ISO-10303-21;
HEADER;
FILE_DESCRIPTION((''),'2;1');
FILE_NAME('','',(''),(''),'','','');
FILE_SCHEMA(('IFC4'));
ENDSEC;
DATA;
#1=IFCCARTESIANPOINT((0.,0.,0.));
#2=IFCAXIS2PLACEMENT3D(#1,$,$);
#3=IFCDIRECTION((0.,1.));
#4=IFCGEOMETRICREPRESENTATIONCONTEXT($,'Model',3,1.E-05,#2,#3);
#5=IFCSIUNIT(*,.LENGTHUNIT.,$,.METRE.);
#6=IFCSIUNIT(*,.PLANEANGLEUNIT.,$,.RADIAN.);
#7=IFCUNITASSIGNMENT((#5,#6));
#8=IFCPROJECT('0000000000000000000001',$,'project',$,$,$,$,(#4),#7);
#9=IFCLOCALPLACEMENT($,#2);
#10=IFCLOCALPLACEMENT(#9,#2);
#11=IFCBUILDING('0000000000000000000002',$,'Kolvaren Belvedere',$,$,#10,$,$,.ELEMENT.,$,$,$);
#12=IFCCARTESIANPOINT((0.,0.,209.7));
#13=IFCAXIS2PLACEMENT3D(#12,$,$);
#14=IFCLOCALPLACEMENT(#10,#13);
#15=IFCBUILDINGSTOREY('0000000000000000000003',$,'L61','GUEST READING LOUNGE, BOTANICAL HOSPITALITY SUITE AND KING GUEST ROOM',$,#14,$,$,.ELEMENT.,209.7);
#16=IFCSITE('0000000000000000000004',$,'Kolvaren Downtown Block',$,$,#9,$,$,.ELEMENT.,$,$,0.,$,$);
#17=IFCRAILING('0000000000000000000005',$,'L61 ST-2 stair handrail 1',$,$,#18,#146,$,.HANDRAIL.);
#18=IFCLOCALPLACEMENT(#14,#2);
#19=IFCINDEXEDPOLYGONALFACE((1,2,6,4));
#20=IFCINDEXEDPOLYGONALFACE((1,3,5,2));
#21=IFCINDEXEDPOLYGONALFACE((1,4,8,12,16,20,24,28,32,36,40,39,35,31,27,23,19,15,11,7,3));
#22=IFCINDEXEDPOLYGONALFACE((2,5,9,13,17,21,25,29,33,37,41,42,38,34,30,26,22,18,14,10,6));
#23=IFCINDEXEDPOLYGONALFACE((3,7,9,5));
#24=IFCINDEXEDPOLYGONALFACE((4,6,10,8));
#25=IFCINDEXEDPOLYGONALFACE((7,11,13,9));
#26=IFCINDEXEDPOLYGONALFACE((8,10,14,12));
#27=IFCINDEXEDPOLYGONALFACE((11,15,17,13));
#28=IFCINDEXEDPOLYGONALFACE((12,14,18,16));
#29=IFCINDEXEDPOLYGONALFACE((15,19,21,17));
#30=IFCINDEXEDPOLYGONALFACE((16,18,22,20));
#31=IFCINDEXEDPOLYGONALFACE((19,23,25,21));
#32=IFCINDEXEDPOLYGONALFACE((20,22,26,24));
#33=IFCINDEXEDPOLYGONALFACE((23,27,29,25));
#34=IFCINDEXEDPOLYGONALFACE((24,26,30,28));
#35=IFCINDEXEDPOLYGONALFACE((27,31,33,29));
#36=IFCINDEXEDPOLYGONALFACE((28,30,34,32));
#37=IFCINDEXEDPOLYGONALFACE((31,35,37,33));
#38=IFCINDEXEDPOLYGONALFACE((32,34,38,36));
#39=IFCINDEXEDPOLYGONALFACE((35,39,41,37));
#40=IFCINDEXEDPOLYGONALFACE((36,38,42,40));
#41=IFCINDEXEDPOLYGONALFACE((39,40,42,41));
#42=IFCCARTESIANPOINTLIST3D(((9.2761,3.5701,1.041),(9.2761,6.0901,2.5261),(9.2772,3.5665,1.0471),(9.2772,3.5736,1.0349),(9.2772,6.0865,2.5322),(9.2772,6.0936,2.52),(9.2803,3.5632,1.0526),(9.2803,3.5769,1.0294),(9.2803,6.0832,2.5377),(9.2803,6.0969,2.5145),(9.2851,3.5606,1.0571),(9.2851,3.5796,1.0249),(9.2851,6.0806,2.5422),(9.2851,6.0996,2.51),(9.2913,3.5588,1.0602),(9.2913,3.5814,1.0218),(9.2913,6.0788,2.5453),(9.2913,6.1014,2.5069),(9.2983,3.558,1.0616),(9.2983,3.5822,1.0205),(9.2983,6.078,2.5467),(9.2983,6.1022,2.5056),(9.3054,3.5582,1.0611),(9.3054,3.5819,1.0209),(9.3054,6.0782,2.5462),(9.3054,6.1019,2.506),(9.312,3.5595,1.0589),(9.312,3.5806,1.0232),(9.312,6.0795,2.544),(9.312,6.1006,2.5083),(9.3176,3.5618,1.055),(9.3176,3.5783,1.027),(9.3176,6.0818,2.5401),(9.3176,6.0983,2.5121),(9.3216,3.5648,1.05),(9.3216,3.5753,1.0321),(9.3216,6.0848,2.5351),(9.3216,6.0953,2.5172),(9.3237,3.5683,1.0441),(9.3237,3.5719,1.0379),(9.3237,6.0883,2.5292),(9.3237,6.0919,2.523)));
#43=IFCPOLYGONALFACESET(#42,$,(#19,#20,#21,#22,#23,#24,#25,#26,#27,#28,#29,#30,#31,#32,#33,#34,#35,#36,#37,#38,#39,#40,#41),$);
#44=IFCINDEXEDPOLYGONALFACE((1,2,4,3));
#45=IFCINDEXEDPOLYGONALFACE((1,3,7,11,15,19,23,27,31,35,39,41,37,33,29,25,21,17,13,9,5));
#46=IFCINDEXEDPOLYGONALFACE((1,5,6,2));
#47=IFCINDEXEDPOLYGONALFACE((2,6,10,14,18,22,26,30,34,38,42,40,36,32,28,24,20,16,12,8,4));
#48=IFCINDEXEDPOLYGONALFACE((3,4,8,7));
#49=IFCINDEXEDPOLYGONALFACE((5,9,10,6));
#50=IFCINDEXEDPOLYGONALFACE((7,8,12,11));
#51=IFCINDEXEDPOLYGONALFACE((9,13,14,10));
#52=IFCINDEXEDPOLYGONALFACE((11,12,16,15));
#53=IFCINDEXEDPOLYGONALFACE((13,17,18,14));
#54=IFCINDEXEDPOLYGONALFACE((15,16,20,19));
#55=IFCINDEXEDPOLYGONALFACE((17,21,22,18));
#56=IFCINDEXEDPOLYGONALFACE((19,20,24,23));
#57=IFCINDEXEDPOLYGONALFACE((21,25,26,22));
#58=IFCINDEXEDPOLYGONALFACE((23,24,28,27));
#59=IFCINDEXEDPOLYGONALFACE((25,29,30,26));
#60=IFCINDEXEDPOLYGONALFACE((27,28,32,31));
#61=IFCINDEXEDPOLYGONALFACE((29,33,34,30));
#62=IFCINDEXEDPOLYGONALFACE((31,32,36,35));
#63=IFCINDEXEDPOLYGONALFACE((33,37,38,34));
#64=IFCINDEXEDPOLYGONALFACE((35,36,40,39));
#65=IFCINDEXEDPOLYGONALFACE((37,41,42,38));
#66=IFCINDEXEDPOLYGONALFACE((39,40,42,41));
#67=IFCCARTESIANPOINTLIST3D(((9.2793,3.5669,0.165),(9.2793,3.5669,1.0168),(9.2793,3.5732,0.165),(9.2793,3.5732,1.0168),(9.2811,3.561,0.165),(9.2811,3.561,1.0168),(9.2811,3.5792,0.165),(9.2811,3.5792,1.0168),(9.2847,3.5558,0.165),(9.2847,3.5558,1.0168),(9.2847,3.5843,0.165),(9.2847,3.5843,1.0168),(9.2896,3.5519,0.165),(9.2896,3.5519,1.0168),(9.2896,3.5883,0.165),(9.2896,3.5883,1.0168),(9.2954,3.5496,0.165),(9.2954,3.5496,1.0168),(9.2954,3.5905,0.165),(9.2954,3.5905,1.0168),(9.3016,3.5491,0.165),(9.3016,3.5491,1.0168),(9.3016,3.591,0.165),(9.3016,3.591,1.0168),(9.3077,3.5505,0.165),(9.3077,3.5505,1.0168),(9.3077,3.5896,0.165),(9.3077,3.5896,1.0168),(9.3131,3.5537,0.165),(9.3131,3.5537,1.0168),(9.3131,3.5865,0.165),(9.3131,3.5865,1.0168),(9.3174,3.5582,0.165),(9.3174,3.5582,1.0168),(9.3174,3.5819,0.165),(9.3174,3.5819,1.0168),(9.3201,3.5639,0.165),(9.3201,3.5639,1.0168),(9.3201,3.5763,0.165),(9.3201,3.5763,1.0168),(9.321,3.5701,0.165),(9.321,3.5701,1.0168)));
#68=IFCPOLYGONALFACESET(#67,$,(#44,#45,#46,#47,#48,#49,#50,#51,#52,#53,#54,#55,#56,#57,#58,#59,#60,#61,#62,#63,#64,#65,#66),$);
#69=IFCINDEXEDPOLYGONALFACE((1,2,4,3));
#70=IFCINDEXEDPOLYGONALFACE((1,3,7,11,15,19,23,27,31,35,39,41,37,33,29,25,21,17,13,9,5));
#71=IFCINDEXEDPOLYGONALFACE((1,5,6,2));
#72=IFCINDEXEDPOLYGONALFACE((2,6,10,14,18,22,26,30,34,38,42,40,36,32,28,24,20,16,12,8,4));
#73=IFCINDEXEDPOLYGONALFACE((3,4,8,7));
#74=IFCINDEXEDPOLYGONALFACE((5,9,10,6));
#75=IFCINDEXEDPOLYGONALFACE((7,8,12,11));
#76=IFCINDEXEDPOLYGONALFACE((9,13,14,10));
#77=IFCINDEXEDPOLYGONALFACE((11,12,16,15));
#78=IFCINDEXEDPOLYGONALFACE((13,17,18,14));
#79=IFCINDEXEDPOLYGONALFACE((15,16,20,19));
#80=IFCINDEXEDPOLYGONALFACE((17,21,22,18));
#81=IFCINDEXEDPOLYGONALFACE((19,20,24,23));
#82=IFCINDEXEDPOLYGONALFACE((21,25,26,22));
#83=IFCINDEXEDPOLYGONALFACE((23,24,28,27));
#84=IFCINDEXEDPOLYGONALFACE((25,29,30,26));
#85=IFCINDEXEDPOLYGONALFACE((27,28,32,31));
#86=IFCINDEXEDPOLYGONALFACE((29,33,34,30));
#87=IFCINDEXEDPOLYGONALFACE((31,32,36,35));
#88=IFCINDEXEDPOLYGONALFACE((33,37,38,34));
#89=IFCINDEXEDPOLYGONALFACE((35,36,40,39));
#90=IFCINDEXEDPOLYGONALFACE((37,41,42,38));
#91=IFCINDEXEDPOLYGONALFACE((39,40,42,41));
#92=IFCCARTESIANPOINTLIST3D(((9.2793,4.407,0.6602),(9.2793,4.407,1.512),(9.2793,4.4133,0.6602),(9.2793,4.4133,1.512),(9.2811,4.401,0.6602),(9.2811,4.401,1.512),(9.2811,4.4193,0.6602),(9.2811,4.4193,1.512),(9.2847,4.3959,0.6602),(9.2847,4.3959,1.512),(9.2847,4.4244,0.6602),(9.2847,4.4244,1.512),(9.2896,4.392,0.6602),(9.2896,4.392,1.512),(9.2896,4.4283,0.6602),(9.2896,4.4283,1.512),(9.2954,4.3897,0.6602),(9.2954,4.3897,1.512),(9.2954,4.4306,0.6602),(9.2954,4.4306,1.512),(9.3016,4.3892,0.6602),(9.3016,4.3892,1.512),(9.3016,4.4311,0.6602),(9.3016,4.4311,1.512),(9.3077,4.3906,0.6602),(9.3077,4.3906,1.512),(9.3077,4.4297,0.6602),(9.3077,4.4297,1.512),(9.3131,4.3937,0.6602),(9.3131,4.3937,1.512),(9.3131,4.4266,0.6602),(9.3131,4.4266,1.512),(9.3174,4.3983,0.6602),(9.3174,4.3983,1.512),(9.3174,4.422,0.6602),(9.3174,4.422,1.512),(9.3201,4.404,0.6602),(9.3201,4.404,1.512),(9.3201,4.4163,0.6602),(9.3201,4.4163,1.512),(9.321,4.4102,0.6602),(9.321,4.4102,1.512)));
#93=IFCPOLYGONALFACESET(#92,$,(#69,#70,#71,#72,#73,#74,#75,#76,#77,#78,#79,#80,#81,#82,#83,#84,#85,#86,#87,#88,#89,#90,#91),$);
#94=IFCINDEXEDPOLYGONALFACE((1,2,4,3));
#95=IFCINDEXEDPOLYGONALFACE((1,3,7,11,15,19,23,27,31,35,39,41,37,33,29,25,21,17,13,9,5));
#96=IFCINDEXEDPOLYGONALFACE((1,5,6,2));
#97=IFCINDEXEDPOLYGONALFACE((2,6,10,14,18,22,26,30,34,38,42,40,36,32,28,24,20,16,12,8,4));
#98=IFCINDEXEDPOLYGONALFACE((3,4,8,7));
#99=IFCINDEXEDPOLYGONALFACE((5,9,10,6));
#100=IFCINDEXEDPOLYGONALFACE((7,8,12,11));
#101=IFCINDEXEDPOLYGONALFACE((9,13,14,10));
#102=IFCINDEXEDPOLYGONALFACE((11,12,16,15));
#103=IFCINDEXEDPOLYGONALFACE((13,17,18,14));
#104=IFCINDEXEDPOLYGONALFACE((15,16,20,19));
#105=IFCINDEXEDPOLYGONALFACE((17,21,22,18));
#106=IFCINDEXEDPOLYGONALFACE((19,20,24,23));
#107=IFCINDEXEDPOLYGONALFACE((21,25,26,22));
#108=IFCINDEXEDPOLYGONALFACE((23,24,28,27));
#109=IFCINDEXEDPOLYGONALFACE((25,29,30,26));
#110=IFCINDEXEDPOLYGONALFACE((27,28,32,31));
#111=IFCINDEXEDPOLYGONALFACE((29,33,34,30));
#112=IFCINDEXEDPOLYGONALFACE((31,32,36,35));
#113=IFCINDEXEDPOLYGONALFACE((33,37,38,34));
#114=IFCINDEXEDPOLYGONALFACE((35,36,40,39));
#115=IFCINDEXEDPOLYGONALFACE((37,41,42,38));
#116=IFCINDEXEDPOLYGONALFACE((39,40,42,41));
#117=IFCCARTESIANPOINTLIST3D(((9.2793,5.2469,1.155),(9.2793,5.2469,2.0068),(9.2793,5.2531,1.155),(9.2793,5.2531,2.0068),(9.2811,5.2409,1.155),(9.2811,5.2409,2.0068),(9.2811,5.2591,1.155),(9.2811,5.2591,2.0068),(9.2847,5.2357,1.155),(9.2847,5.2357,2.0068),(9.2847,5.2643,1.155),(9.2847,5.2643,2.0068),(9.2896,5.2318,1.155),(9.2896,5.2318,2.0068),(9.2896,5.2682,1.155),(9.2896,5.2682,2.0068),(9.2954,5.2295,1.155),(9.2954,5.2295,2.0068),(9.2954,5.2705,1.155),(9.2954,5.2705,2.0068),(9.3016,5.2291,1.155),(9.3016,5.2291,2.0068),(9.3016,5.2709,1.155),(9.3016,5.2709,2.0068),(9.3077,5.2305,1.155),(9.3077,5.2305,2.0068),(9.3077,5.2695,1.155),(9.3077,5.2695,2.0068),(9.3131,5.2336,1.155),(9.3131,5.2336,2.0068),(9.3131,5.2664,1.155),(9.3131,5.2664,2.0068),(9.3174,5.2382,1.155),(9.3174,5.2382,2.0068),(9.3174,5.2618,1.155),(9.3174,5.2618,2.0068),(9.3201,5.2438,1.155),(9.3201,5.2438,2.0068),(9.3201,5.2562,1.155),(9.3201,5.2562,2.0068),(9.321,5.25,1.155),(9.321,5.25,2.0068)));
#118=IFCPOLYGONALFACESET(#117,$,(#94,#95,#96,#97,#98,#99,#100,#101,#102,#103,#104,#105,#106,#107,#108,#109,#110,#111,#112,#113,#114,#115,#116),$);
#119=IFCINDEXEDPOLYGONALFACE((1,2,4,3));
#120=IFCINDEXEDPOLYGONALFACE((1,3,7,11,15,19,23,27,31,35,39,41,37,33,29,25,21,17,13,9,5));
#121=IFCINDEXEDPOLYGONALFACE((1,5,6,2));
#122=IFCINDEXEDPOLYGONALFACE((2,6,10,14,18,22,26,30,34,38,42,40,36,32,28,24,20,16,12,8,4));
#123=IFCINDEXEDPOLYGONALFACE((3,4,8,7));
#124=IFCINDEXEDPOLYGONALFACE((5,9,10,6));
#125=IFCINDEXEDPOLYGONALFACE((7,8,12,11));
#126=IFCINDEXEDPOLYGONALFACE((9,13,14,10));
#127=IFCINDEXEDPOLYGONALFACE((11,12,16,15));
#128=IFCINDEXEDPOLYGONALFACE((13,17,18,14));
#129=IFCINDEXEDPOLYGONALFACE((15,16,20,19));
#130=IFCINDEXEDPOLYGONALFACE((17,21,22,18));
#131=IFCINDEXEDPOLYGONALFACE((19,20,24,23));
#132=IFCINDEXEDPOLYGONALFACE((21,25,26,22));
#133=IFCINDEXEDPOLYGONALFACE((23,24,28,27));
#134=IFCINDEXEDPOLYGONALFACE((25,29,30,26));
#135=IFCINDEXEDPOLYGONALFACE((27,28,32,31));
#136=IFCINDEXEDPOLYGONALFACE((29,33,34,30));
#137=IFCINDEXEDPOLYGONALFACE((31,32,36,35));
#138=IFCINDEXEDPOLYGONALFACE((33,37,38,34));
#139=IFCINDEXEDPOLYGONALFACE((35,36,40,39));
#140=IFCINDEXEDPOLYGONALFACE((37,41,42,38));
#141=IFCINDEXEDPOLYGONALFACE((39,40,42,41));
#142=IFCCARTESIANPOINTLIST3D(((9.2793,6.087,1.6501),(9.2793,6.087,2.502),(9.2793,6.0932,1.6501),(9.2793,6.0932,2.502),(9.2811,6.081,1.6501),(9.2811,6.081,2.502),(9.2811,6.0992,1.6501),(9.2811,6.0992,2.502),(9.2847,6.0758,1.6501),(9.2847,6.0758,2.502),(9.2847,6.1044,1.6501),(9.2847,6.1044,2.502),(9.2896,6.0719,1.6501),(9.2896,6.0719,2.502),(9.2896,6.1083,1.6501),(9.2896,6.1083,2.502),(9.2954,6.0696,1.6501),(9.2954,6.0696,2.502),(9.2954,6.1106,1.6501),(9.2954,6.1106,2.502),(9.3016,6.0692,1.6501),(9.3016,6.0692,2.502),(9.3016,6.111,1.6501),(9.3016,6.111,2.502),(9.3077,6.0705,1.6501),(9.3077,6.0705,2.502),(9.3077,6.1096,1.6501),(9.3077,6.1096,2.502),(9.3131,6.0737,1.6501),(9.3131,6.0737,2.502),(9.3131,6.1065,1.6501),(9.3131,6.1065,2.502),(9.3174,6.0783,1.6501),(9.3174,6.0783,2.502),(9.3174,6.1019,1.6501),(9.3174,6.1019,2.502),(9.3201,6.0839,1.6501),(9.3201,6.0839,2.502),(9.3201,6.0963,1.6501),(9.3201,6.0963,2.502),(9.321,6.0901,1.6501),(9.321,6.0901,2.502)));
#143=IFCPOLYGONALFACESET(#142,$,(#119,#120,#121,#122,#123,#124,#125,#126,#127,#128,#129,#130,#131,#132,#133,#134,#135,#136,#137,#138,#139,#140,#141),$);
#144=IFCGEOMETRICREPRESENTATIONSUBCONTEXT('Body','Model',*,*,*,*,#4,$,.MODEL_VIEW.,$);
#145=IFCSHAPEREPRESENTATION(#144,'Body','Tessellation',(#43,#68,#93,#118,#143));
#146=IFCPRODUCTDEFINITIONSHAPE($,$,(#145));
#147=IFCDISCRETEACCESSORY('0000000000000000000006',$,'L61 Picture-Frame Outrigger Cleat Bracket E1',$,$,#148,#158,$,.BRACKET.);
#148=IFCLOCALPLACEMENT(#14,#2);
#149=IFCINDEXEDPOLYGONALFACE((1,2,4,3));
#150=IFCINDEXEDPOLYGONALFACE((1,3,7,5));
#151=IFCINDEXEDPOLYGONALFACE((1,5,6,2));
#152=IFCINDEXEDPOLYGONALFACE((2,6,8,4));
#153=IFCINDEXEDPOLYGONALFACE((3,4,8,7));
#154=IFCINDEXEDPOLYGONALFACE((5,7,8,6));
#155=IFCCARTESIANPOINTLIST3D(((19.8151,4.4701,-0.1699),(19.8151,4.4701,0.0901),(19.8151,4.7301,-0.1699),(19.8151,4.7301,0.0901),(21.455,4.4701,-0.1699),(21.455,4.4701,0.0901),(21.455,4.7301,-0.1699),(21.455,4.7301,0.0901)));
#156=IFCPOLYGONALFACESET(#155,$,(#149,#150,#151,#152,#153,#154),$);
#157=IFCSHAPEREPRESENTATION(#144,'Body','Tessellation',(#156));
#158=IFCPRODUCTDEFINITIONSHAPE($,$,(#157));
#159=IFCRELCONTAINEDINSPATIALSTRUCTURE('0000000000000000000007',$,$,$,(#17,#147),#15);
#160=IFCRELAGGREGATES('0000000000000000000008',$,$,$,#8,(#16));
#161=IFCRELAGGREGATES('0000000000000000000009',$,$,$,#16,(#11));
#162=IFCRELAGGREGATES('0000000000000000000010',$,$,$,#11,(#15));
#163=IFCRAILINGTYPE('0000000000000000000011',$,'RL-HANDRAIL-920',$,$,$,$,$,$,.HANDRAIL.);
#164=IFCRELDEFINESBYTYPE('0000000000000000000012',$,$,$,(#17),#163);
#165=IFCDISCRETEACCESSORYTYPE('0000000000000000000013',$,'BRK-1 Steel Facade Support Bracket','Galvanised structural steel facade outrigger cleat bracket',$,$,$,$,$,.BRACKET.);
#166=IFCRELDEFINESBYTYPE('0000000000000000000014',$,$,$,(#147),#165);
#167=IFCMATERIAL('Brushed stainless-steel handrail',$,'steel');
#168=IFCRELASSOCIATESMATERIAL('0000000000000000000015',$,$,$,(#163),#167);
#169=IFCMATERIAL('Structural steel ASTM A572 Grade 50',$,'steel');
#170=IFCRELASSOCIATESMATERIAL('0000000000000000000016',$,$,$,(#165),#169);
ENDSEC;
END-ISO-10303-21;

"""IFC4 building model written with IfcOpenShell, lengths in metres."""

from ifc_helpers import new_model, si_unit, direction, frame, origin, origin_2d, place, context, subcontext, project, spatial, rectangle, circle, extrude, material, type_object, element, save


model = new_model("IFC4")

# Units and contexts
model_context = context("Model", 3, precision=1e-05, world=origin(), true_north=direction((0.0, 1.0)))
body_context = subcontext(model_context, "Body", "Model", "MODEL_VIEW")
ifc_project = project(units=[si_unit("LENGTHUNIT", "METRE"), si_unit("PLANEANGLEUNIT", "RADIAN")], contexts=[model_context])

# Site, building, storey
site_placement = place(None, origin())
site = spatial("IfcSite", under=ifc_project, at=site_placement, Name="Kolvaren Downtown Block", CompositionType="ELEMENT", RefElevation=0.0)
building_placement = place(site_placement, origin())
building = spatial("IfcBuilding", under=site, at=building_placement, Name="Kolvaren Belvedere", CompositionType="ELEMENT")
storey_placement = place(building_placement, frame((0.0, 0.0, 209.7)))
storey = spatial("IfcBuildingStorey", under=building, at=storey_placement, Name="L61", Description="GUEST READING LOUNGE, BOTANICAL HOSPITALITY SUITE AND KING GUEST ROOM", CompositionType="ELEMENT", Elevation=209.7)

# Railing
ifc_material_1 = material(Name="Brushed stainless-steel handrail", Category="steel")
railing_type = type_object("IfcRailingType", Name="RL-HANDRAIL-920", PredefinedType="HANDRAIL", material=ifc_material_1)
railing_placement = place(storey_placement, frame((9.3, 3.5701, 0.165)))
element("IfcRailing", 1, at=railing_placement, inside=storey, type_object=railing_type, Name="L61 ST-2 stair handrail 1", PredefinedType="HANDRAIL", context=body_context, shape_type="SweptSolid", body=[
    extrude(circle(Radius=0.0239, at=origin_2d()), frame((0.0, 0.0, 0.876), z_axis=(0.0, 0.861524, 0.507717), x_axis=(-1.0, 0.0, 0.0)), (0.0, 0.0, 1.0), 2.925),
    extrude(circle(Radius=0.021, at=origin_2d()), origin(), (0.0, 0.0, 1.0), 0.8518),
    extrude(circle(Radius=0.021, at=origin_2d()), frame((0.0, 0.8401, 0.4951)), (0.0, 0.0, 1.0), 0.8518),
    extrude(circle(Radius=0.021, at=origin_2d()), frame((0.0, 1.6799, 0.99)), (0.0, 0.0, 1.0), 0.8518),
    extrude(circle(Radius=0.021, at=origin_2d()), frame((0.0, 2.52, 1.4851)), (0.0, 0.0, 1.0), 0.8518),
])

# Discrete accessory
ifc_material_2 = material(Name="Structural steel ASTM A572 Grade 50", Category="steel")
discrete_accessory_type = type_object("IfcDiscreteAccessoryType", Name="BRK-1 Steel Facade Support Bracket", Description="Galvanised structural steel facade outrigger cleat bracket", PredefinedType="BRACKET", material=ifc_material_2)
discrete_accessory_placement = place(storey_placement, frame((20.635, 4.6001, -0.1699), z_axis=(0.0, 0.0, 1.0), x_axis=(1.0, 0.0, 0.0)))
element("IfcDiscreteAccessory", 2, at=discrete_accessory_placement, inside=storey, type_object=discrete_accessory_type, Name="L61 Picture-Frame Outrigger Cleat Bracket E1", PredefinedType="BRACKET", context=body_context, shape_type="SweptSolid", body=[
    extrude(rectangle(XDim=1.6399, YDim=0.26, at=origin_2d()), origin(), (0.0, 0.0, 1.0), 0.26),
])

save(model, "model.ifc")
